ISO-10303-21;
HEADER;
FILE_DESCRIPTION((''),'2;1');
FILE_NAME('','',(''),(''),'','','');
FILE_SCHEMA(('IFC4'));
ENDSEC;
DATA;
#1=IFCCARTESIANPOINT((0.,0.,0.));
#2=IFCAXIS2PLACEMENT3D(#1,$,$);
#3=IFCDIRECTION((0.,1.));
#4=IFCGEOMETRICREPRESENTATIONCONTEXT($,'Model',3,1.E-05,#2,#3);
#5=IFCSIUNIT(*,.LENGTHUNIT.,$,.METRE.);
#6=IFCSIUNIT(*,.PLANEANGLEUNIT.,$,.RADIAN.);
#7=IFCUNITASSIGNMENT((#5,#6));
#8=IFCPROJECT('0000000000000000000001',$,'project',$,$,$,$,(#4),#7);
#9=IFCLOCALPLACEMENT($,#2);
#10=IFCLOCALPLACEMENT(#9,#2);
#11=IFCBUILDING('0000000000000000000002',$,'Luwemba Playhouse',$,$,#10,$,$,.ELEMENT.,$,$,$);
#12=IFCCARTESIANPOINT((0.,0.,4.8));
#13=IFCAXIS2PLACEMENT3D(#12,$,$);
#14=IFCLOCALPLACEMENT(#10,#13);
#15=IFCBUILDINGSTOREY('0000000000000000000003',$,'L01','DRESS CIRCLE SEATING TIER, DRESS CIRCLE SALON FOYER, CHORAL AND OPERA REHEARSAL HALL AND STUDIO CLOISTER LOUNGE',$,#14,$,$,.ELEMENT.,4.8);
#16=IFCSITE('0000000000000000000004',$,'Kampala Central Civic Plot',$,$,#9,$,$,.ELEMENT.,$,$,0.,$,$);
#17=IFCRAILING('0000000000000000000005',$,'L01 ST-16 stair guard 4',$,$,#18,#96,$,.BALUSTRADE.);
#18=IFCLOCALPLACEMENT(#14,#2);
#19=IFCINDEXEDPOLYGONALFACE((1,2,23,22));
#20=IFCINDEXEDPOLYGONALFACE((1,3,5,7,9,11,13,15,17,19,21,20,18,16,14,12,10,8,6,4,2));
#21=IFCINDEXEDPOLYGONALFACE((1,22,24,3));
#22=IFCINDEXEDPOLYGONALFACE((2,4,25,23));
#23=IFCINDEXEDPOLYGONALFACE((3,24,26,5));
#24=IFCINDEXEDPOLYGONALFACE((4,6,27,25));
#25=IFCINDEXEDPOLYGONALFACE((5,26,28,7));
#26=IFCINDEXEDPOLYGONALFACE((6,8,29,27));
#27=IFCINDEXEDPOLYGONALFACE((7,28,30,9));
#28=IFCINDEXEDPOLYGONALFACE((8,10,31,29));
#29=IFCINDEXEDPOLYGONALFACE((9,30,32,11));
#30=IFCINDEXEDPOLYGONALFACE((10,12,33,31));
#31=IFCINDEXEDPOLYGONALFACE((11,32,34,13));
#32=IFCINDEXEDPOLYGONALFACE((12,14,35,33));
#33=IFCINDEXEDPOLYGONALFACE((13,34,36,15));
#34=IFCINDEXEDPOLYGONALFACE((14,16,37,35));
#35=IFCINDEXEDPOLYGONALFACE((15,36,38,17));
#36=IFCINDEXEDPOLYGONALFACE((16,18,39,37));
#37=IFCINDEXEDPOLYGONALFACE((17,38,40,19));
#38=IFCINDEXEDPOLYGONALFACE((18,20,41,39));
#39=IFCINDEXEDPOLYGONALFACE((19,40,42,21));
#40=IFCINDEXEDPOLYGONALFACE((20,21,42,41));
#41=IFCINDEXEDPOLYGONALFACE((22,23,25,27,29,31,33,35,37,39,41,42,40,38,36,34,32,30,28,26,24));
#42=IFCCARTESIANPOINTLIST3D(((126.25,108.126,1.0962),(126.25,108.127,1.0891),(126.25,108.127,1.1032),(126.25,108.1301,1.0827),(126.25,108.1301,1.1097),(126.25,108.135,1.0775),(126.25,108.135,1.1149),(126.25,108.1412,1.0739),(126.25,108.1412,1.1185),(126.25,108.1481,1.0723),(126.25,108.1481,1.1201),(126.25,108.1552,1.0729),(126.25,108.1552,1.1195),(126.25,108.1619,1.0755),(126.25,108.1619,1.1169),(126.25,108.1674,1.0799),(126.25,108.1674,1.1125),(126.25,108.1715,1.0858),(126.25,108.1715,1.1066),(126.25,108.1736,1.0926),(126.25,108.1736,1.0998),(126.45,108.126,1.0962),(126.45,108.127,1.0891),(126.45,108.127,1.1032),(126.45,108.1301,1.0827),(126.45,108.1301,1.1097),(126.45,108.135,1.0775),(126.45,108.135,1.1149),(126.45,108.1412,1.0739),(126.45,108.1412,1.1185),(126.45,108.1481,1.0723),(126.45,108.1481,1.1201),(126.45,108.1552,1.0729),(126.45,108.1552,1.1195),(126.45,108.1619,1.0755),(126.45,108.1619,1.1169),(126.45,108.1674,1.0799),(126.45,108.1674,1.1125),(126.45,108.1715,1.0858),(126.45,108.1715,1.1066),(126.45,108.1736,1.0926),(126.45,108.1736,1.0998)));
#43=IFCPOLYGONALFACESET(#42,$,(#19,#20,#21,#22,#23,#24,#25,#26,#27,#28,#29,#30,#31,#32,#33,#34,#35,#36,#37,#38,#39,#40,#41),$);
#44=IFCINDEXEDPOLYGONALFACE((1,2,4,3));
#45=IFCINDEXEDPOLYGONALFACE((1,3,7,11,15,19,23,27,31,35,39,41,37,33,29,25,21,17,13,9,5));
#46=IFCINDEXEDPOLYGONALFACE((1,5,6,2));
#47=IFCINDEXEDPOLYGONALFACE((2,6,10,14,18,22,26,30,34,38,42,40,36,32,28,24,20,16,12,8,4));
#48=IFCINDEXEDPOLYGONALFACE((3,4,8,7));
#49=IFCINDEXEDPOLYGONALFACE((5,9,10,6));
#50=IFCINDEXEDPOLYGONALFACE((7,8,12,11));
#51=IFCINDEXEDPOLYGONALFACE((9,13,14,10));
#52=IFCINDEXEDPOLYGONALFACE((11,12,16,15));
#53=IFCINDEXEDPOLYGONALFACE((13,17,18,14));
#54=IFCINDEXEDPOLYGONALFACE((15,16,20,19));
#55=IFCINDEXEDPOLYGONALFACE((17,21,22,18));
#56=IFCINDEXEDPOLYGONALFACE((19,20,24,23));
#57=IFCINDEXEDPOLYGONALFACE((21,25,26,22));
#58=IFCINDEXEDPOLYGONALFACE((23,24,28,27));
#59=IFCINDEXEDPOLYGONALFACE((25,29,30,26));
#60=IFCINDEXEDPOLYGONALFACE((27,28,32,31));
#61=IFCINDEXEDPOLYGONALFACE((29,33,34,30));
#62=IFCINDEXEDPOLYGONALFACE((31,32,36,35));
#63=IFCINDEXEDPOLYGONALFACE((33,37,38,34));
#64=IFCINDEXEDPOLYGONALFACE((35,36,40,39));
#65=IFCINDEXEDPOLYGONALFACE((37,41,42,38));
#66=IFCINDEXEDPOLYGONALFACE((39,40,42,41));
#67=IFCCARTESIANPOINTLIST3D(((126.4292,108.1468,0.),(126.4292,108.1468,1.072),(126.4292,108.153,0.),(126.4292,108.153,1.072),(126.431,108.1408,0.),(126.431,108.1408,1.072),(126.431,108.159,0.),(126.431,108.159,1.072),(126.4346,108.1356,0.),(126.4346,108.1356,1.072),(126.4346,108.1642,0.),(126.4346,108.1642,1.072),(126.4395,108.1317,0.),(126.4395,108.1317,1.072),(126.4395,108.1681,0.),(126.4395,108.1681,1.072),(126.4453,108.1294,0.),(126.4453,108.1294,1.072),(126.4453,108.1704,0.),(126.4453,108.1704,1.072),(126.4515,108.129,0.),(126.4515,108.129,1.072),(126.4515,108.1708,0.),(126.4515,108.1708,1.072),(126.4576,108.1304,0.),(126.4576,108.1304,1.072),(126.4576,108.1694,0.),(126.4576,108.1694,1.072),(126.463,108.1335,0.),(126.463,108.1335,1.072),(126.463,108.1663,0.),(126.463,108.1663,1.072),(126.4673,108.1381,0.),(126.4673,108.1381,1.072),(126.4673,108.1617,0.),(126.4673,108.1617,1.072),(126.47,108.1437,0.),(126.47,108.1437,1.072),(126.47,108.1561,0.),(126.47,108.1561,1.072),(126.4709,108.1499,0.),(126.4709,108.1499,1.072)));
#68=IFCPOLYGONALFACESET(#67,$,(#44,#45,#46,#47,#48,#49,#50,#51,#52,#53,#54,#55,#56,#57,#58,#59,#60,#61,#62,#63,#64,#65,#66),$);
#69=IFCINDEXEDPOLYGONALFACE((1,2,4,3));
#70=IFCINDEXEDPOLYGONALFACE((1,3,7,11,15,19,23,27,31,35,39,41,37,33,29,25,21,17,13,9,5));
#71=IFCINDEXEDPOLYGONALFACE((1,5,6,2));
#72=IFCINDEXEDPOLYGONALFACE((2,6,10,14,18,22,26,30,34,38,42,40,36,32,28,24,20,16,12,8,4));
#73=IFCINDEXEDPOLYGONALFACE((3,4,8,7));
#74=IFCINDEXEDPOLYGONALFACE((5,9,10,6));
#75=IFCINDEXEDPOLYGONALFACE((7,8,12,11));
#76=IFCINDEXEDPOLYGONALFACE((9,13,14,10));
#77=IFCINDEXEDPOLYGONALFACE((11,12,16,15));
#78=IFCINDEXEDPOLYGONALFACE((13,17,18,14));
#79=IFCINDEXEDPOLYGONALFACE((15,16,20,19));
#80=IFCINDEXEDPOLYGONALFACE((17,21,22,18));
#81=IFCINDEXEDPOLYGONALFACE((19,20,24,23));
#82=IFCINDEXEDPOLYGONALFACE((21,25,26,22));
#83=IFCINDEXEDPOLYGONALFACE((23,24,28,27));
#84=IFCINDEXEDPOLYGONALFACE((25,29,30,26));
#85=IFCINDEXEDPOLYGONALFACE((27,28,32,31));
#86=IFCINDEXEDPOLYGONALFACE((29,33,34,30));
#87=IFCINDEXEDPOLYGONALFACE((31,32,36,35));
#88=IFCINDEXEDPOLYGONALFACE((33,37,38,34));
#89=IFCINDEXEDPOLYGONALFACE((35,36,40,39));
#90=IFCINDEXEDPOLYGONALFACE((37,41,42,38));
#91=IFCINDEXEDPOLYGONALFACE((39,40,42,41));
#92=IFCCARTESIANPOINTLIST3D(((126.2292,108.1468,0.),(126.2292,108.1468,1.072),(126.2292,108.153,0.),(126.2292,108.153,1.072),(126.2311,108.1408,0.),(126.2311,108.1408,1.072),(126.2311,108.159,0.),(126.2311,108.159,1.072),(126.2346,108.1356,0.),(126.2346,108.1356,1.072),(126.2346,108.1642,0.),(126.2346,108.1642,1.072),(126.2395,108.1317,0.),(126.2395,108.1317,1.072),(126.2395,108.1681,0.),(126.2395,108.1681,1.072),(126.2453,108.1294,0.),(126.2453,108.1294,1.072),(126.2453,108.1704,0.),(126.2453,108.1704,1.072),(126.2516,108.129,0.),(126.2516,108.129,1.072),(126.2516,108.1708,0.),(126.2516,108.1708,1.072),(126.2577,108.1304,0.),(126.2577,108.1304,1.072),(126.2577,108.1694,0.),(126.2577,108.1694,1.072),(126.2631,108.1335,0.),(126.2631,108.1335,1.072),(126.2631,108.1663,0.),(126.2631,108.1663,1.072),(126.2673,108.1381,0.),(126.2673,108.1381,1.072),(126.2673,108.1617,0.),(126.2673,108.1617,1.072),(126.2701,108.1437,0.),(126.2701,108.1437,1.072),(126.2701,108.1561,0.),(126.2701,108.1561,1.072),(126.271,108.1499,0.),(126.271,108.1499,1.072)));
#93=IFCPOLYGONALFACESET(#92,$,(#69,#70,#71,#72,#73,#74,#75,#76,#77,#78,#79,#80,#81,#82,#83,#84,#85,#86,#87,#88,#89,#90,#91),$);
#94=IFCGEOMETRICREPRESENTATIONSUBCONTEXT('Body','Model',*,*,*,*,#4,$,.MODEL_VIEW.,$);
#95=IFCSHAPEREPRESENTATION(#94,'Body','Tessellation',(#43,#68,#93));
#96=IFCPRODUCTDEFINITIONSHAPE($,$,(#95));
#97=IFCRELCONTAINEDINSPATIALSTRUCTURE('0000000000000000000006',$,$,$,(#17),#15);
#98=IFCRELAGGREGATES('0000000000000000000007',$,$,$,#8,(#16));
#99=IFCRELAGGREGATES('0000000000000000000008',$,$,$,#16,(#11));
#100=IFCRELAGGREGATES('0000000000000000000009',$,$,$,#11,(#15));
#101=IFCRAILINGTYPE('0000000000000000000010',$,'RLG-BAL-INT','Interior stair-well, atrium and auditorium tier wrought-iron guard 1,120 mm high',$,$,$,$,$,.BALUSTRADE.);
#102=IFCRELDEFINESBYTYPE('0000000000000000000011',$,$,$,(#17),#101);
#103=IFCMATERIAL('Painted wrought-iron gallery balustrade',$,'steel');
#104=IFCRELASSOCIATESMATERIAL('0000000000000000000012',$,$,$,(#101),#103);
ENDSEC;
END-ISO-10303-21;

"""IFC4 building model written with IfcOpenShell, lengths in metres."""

from ifc_helpers import new_model, si_unit, direction, frame, origin, origin_2d, place, context, subcontext, project, spatial, circle, extrude, material, type_object, element, save


model = new_model("IFC4")

# Units and contexts
model_context = context("Model", 3, precision=1e-05, world=origin(), true_north=direction((0.0, 1.0)))
body_context = subcontext(model_context, "Body", "Model", "MODEL_VIEW")
ifc_project = project(units=[si_unit("LENGTHUNIT", "METRE"), si_unit("PLANEANGLEUNIT", "RADIAN")], contexts=[model_context])

# Site, building, storey
site_placement = place(None, origin())
site = spatial("IfcSite", under=ifc_project, at=site_placement, Name="Kampala Central Civic Plot", CompositionType="ELEMENT", RefElevation=0.0)
building_placement = place(site_placement, origin())
building = spatial("IfcBuilding", under=site, at=building_placement, Name="Luwemba Playhouse", CompositionType="ELEMENT")
storey_placement = place(building_placement, frame((0.0, 0.0, 4.8)))
storey = spatial("IfcBuildingStorey", under=building, at=storey_placement, Name="L01", Description="DRESS CIRCLE SEATING TIER, DRESS CIRCLE SALON FOYER, CHORAL AND OPERA REHEARSAL HALL AND STUDIO CLOISTER LOUNGE", CompositionType="ELEMENT", Elevation=4.8)

# Railing
ifc_material_1 = material(Name="Painted wrought-iron gallery balustrade", Category="steel")
railing_type_1 = type_object("IfcRailingType", Name="RLG-BAL-INT", Description="Interior stair-well, atrium and auditorium tier wrought-iron guard 1,120 mm high", PredefinedType="BALUSTRADE", material=ifc_material_1)
railing_1_placement = place(storey_placement, frame((126.45, 108.1499, 0.0)))
element("IfcRailing", 1, at=railing_1_placement, inside=storey, type_object=railing_type_1, Name="L01 ST-16 stair guard 4", PredefinedType="BALUSTRADE", context=body_context, shape_type="SweptSolid", body=[
    extrude(circle(Radius=0.0239, at=origin_2d()), frame((0.0, 0.0, 1.0962), z_axis=(-1.0, 0.0, 0.0), x_axis=(0.0, -1.0, 0.0)), (0.0, 0.0, 1.0), 0.2),
    extrude(circle(Radius=0.021, at=origin_2d()), origin(), (0.0, 0.0, 1.0), 1.072),
    extrude(circle(Radius=0.021, at=origin_2d()), frame((-0.2, 0.0, 0.0)), (0.0, 0.0, 1.0), 1.072),
])

save(model, "model.ifc")
